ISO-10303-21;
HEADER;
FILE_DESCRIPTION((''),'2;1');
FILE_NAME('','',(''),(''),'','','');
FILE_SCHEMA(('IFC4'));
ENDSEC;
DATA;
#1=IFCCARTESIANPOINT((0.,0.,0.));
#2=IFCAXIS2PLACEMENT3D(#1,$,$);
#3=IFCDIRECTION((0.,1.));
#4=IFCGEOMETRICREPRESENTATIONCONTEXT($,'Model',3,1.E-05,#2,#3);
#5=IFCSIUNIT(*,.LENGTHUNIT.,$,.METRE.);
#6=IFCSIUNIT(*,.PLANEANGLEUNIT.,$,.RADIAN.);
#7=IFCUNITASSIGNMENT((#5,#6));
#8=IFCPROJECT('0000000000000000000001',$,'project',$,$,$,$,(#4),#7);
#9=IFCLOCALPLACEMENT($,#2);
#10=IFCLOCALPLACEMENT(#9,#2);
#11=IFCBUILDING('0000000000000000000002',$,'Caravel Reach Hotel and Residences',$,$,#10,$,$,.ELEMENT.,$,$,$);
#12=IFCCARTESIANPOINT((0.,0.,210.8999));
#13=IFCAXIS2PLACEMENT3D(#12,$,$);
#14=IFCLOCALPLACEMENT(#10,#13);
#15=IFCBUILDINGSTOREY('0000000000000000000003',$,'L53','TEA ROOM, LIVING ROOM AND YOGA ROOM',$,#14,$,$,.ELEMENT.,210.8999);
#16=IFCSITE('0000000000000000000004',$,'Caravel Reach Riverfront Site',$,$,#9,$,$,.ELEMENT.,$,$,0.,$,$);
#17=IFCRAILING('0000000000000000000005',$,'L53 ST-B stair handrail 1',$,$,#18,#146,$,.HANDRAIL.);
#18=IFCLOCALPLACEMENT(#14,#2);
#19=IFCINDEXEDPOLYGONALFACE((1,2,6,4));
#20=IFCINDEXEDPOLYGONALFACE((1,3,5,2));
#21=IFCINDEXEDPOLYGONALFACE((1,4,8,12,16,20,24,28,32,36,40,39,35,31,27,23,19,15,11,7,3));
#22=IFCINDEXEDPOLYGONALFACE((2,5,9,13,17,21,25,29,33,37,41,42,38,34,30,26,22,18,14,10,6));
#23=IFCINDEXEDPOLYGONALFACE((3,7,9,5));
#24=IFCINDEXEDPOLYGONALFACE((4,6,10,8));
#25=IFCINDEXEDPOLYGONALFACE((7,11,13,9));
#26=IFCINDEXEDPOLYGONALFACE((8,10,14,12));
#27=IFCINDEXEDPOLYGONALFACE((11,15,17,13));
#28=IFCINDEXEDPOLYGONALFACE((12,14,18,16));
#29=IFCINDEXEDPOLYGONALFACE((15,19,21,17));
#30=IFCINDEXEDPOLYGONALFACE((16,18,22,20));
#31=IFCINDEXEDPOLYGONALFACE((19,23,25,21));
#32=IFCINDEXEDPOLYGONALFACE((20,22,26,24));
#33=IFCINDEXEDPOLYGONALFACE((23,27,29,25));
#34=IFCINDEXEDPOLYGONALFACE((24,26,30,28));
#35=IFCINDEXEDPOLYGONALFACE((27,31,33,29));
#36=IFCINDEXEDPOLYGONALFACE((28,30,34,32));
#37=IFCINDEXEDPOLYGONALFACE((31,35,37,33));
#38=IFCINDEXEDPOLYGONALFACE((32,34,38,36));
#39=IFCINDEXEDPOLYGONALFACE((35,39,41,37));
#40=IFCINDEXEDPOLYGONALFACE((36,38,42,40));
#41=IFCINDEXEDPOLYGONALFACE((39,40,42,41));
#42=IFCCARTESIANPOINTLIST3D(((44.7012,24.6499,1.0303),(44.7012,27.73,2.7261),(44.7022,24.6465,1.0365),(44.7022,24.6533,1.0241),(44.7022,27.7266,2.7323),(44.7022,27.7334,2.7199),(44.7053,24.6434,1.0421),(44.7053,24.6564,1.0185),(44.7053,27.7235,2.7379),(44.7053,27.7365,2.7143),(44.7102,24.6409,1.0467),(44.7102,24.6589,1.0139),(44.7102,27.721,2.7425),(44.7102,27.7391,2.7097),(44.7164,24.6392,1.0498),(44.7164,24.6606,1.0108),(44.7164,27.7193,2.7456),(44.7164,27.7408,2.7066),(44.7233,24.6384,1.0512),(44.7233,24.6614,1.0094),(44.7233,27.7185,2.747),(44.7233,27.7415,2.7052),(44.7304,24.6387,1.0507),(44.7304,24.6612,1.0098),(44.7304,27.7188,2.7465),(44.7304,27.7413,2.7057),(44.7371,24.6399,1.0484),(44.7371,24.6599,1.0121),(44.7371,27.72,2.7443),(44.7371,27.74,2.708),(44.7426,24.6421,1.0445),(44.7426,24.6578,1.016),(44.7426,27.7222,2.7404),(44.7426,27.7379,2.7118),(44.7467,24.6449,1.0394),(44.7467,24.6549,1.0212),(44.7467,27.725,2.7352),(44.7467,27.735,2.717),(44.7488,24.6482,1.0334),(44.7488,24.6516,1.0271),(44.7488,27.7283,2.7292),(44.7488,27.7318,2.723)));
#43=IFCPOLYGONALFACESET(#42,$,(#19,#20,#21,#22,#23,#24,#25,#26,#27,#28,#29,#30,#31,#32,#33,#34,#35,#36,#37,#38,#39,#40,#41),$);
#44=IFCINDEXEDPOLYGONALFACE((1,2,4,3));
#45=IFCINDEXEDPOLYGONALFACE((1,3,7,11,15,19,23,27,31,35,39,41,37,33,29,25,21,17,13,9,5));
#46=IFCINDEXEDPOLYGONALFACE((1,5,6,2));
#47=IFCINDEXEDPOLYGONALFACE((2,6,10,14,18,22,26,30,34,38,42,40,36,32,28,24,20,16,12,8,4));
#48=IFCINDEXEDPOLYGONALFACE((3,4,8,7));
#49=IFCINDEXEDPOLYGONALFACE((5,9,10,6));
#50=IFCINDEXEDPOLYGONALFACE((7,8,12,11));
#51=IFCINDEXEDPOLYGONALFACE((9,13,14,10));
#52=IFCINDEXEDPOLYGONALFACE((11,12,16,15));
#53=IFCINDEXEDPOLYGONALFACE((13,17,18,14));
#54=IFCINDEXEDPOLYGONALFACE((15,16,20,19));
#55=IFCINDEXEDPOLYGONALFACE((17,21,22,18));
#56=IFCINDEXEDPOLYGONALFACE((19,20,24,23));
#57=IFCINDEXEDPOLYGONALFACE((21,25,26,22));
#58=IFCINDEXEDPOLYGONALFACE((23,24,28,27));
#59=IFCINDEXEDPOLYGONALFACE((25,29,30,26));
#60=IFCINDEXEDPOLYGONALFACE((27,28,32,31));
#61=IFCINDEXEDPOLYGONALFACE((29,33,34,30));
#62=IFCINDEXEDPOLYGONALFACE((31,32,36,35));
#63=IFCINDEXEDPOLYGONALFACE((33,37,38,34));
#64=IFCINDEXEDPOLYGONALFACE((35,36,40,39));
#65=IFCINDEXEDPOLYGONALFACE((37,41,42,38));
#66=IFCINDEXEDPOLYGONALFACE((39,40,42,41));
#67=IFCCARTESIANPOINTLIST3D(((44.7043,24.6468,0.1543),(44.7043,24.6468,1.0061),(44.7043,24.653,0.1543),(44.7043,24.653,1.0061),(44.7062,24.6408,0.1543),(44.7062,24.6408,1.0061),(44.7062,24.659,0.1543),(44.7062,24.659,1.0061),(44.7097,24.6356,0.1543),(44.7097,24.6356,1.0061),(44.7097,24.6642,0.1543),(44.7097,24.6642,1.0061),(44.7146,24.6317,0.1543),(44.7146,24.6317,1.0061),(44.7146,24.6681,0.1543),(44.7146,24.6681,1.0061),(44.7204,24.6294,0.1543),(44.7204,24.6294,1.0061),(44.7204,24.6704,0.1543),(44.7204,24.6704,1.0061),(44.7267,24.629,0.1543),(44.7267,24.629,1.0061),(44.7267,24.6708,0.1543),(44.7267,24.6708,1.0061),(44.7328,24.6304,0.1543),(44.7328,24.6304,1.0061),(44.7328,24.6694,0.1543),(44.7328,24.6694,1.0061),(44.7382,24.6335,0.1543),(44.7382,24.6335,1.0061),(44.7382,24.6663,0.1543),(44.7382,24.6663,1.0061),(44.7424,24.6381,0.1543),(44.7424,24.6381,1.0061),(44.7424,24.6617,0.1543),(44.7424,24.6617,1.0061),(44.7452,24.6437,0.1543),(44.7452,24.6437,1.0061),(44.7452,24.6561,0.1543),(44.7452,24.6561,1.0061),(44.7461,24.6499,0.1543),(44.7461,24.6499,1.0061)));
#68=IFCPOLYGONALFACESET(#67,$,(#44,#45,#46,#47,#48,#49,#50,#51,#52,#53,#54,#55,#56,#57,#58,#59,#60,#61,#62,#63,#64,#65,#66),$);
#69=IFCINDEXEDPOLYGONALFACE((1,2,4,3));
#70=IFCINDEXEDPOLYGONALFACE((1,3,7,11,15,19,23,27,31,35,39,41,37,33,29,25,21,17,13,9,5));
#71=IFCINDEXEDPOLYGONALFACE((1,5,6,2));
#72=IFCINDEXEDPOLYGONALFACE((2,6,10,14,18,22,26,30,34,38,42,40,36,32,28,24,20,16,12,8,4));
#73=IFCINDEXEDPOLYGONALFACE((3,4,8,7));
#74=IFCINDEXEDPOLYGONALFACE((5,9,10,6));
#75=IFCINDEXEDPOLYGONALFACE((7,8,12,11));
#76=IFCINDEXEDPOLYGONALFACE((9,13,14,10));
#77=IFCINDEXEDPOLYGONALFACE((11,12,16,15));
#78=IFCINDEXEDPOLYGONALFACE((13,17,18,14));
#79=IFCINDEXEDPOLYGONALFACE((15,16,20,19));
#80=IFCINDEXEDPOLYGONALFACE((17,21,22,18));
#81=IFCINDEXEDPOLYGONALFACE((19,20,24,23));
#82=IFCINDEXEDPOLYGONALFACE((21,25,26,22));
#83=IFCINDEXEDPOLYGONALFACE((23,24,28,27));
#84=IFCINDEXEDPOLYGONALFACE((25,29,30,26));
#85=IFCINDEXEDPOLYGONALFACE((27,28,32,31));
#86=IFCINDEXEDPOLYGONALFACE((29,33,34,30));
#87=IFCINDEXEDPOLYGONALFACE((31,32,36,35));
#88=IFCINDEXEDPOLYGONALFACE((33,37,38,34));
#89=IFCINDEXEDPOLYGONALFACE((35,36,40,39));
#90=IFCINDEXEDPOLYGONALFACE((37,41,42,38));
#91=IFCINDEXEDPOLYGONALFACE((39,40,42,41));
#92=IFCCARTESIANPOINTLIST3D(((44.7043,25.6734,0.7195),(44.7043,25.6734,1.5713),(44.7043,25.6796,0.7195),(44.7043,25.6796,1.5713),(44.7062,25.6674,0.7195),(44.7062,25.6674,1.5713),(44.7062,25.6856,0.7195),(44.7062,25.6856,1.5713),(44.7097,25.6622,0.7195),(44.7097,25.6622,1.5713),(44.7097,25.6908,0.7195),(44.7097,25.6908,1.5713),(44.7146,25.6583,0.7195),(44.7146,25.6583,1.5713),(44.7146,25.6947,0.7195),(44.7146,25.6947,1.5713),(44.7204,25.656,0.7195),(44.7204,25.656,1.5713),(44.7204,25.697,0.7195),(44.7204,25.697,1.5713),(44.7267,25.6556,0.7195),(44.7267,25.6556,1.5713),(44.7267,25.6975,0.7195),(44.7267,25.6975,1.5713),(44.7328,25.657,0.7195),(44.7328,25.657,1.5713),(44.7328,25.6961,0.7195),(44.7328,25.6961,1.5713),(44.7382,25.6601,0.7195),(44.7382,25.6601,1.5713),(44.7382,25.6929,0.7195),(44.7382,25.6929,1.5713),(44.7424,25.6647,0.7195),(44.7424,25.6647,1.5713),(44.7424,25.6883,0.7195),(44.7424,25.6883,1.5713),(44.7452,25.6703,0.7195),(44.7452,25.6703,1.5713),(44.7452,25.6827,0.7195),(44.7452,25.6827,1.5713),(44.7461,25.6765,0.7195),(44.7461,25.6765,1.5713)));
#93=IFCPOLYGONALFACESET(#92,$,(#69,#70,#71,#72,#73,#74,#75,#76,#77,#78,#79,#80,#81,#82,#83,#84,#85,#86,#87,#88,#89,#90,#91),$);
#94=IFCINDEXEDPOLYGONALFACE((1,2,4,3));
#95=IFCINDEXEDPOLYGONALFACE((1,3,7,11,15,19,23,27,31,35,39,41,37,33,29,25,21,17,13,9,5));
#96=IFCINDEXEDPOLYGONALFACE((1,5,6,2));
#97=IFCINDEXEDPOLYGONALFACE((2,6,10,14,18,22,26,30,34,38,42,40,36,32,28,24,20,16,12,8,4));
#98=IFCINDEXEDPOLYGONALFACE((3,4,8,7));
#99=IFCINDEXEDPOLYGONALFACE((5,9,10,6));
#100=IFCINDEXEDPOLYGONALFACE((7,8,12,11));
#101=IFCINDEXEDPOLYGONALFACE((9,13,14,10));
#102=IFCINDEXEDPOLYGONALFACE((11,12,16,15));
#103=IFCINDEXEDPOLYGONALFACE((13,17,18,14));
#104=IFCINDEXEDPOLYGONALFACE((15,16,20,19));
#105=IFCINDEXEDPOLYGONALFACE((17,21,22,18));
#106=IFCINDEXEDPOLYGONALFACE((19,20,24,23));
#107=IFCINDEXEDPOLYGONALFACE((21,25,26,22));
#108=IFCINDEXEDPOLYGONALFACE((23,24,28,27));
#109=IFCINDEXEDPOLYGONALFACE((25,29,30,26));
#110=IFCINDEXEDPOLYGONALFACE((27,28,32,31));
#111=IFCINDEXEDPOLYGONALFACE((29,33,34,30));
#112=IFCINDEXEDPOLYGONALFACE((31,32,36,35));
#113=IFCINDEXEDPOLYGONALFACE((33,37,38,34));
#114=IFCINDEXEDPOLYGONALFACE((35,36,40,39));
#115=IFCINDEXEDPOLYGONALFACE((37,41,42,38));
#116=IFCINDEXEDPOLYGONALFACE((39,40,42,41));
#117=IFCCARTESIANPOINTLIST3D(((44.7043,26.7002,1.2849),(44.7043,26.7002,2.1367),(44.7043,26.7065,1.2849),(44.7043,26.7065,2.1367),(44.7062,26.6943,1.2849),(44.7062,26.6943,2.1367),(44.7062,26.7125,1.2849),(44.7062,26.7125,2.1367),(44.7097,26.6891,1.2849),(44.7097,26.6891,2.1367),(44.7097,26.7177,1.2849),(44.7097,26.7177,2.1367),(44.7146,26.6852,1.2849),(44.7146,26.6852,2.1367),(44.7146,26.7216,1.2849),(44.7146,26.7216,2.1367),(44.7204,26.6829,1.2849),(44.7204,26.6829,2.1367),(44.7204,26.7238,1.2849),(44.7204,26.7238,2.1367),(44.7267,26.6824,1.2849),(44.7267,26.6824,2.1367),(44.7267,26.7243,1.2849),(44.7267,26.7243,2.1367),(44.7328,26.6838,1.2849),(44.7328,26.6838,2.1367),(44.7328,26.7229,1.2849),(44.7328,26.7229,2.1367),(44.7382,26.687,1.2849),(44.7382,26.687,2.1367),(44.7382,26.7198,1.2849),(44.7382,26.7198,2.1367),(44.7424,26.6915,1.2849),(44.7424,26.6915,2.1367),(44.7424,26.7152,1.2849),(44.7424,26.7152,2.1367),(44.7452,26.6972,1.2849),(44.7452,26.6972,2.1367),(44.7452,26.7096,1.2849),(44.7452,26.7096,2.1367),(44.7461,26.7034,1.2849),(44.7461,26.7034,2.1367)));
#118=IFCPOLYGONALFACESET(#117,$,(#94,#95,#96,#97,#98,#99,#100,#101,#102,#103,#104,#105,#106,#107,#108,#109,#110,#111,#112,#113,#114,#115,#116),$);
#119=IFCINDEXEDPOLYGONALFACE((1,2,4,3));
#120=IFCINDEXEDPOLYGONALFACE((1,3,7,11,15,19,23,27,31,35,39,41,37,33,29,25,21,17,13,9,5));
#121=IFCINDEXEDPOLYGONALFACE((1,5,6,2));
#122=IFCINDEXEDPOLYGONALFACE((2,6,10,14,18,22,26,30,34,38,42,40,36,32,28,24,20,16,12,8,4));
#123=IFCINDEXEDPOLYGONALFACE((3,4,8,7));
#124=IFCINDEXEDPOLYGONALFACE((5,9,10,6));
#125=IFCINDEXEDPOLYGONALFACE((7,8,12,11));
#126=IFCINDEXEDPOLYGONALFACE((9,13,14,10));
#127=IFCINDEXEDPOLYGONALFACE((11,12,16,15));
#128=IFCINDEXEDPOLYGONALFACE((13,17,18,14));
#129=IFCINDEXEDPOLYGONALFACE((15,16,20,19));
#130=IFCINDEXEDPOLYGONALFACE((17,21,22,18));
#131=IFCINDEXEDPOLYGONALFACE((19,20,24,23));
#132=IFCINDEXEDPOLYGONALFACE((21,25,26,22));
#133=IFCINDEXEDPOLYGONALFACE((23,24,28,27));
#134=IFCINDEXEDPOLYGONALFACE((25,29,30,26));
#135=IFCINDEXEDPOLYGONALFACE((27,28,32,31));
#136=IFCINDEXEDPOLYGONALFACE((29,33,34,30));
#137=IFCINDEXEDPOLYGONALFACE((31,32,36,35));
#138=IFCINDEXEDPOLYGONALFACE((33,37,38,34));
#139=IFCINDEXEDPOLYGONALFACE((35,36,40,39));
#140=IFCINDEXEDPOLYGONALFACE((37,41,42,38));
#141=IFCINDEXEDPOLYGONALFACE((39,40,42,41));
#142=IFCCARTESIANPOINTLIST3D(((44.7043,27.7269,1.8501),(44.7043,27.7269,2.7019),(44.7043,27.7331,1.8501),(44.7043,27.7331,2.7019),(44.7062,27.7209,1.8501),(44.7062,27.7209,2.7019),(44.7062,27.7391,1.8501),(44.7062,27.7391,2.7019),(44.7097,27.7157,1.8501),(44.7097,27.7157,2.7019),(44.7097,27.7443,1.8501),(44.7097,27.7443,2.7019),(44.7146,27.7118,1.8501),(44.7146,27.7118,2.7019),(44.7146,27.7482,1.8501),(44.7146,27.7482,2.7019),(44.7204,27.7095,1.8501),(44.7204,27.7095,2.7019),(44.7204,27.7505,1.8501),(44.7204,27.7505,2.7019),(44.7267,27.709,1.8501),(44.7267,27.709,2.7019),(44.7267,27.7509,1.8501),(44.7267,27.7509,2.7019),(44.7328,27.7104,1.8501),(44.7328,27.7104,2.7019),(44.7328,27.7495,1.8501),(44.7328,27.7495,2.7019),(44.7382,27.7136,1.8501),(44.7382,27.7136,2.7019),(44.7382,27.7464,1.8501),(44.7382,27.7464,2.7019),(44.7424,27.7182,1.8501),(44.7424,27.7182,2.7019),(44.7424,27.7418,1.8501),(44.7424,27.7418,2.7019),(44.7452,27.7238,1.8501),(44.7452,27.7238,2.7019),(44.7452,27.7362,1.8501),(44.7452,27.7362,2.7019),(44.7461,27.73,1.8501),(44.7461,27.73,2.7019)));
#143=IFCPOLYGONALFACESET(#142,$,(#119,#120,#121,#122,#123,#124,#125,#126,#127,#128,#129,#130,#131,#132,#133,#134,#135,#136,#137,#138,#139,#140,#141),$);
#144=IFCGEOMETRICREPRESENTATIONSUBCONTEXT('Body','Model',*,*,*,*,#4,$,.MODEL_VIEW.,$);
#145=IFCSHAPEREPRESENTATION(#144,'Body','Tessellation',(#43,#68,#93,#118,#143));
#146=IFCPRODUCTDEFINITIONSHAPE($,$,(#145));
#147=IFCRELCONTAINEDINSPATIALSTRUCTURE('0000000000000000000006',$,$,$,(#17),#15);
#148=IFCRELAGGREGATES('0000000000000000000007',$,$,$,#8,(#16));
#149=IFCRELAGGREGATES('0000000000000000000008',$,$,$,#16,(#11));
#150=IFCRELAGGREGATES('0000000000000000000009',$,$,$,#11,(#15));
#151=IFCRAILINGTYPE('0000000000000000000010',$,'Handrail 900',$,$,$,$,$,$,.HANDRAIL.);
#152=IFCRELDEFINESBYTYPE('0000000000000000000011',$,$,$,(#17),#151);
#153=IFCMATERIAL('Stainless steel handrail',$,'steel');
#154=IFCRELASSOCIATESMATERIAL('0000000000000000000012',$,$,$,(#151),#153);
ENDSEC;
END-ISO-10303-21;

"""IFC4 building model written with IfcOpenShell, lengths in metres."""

from ifc_helpers import new_model, si_unit, direction, frame, origin, origin_2d, place, context, subcontext, project, spatial, circle, extrude, material, type_object, element, save


model = new_model("IFC4")

# Units and contexts
model_context = context("Model", 3, precision=1e-05, world=origin(), true_north=direction((0.0, 1.0)))
body_context = subcontext(model_context, "Body", "Model", "MODEL_VIEW")
ifc_project = project(units=[si_unit("LENGTHUNIT", "METRE"), si_unit("PLANEANGLEUNIT", "RADIAN")], contexts=[model_context])

# Site, building, storey
site_placement = place(None, origin())
site = spatial("IfcSite", under=ifc_project, at=site_placement, Name="Caravel Reach Riverfront Site", CompositionType="ELEMENT", RefElevation=0.0)
building_placement = place(site_placement, origin())
building = spatial("IfcBuilding", under=site, at=building_placement, Name="Caravel Reach Hotel and Residences", CompositionType="ELEMENT")
storey_placement = place(building_placement, frame((0.0, 0.0, 210.8999)))
storey = spatial("IfcBuildingStorey", under=building, at=storey_placement, Name="L53", Description="TEA ROOM, LIVING ROOM AND YOGA ROOM", CompositionType="ELEMENT", Elevation=210.8999)

# Railing
ifc_material_1 = material(Name="Stainless steel handrail", Category="steel")
railing_type_1 = type_object("IfcRailingType", Name="Handrail 900", PredefinedType="HANDRAIL", material=ifc_material_1)
railing_1_placement = place(storey_placement, frame((44.7251, 24.6499, 0.1543)))
element("IfcRailing", 1, at=railing_1_placement, inside=storey, type_object=railing_type_1, Name="L53 ST-B stair handrail 1", PredefinedType="HANDRAIL", context=body_context, shape_type="SweptSolid", body=[
    extrude(circle(Radius=0.0239, at=origin_2d()), frame((0.0, 0.0, 0.876), z_axis=(0.0, 0.876005, 0.482303), x_axis=(-1.0, 0.0, 0.0)), (0.0, 0.0, 1.0), 3.5161),
    extrude(circle(Radius=0.021, at=origin_2d()), origin(), (0.0, 0.0, 1.0), 0.8518),
    extrude(circle(Radius=0.021, at=origin_2d()), frame((0.0, 1.0266, 0.5652)), (0.0, 0.0, 1.0), 0.8518),
    extrude(circle(Radius=0.021, at=origin_2d()), frame((0.0, 2.0535, 1.1306)), (0.0, 0.0, 1.0), 0.8518),
    extrude(circle(Radius=0.021, at=origin_2d()), frame((0.0, 3.0801, 1.6958)), (0.0, 0.0, 1.0), 0.8518),
])

save(model, "model.ifc")
